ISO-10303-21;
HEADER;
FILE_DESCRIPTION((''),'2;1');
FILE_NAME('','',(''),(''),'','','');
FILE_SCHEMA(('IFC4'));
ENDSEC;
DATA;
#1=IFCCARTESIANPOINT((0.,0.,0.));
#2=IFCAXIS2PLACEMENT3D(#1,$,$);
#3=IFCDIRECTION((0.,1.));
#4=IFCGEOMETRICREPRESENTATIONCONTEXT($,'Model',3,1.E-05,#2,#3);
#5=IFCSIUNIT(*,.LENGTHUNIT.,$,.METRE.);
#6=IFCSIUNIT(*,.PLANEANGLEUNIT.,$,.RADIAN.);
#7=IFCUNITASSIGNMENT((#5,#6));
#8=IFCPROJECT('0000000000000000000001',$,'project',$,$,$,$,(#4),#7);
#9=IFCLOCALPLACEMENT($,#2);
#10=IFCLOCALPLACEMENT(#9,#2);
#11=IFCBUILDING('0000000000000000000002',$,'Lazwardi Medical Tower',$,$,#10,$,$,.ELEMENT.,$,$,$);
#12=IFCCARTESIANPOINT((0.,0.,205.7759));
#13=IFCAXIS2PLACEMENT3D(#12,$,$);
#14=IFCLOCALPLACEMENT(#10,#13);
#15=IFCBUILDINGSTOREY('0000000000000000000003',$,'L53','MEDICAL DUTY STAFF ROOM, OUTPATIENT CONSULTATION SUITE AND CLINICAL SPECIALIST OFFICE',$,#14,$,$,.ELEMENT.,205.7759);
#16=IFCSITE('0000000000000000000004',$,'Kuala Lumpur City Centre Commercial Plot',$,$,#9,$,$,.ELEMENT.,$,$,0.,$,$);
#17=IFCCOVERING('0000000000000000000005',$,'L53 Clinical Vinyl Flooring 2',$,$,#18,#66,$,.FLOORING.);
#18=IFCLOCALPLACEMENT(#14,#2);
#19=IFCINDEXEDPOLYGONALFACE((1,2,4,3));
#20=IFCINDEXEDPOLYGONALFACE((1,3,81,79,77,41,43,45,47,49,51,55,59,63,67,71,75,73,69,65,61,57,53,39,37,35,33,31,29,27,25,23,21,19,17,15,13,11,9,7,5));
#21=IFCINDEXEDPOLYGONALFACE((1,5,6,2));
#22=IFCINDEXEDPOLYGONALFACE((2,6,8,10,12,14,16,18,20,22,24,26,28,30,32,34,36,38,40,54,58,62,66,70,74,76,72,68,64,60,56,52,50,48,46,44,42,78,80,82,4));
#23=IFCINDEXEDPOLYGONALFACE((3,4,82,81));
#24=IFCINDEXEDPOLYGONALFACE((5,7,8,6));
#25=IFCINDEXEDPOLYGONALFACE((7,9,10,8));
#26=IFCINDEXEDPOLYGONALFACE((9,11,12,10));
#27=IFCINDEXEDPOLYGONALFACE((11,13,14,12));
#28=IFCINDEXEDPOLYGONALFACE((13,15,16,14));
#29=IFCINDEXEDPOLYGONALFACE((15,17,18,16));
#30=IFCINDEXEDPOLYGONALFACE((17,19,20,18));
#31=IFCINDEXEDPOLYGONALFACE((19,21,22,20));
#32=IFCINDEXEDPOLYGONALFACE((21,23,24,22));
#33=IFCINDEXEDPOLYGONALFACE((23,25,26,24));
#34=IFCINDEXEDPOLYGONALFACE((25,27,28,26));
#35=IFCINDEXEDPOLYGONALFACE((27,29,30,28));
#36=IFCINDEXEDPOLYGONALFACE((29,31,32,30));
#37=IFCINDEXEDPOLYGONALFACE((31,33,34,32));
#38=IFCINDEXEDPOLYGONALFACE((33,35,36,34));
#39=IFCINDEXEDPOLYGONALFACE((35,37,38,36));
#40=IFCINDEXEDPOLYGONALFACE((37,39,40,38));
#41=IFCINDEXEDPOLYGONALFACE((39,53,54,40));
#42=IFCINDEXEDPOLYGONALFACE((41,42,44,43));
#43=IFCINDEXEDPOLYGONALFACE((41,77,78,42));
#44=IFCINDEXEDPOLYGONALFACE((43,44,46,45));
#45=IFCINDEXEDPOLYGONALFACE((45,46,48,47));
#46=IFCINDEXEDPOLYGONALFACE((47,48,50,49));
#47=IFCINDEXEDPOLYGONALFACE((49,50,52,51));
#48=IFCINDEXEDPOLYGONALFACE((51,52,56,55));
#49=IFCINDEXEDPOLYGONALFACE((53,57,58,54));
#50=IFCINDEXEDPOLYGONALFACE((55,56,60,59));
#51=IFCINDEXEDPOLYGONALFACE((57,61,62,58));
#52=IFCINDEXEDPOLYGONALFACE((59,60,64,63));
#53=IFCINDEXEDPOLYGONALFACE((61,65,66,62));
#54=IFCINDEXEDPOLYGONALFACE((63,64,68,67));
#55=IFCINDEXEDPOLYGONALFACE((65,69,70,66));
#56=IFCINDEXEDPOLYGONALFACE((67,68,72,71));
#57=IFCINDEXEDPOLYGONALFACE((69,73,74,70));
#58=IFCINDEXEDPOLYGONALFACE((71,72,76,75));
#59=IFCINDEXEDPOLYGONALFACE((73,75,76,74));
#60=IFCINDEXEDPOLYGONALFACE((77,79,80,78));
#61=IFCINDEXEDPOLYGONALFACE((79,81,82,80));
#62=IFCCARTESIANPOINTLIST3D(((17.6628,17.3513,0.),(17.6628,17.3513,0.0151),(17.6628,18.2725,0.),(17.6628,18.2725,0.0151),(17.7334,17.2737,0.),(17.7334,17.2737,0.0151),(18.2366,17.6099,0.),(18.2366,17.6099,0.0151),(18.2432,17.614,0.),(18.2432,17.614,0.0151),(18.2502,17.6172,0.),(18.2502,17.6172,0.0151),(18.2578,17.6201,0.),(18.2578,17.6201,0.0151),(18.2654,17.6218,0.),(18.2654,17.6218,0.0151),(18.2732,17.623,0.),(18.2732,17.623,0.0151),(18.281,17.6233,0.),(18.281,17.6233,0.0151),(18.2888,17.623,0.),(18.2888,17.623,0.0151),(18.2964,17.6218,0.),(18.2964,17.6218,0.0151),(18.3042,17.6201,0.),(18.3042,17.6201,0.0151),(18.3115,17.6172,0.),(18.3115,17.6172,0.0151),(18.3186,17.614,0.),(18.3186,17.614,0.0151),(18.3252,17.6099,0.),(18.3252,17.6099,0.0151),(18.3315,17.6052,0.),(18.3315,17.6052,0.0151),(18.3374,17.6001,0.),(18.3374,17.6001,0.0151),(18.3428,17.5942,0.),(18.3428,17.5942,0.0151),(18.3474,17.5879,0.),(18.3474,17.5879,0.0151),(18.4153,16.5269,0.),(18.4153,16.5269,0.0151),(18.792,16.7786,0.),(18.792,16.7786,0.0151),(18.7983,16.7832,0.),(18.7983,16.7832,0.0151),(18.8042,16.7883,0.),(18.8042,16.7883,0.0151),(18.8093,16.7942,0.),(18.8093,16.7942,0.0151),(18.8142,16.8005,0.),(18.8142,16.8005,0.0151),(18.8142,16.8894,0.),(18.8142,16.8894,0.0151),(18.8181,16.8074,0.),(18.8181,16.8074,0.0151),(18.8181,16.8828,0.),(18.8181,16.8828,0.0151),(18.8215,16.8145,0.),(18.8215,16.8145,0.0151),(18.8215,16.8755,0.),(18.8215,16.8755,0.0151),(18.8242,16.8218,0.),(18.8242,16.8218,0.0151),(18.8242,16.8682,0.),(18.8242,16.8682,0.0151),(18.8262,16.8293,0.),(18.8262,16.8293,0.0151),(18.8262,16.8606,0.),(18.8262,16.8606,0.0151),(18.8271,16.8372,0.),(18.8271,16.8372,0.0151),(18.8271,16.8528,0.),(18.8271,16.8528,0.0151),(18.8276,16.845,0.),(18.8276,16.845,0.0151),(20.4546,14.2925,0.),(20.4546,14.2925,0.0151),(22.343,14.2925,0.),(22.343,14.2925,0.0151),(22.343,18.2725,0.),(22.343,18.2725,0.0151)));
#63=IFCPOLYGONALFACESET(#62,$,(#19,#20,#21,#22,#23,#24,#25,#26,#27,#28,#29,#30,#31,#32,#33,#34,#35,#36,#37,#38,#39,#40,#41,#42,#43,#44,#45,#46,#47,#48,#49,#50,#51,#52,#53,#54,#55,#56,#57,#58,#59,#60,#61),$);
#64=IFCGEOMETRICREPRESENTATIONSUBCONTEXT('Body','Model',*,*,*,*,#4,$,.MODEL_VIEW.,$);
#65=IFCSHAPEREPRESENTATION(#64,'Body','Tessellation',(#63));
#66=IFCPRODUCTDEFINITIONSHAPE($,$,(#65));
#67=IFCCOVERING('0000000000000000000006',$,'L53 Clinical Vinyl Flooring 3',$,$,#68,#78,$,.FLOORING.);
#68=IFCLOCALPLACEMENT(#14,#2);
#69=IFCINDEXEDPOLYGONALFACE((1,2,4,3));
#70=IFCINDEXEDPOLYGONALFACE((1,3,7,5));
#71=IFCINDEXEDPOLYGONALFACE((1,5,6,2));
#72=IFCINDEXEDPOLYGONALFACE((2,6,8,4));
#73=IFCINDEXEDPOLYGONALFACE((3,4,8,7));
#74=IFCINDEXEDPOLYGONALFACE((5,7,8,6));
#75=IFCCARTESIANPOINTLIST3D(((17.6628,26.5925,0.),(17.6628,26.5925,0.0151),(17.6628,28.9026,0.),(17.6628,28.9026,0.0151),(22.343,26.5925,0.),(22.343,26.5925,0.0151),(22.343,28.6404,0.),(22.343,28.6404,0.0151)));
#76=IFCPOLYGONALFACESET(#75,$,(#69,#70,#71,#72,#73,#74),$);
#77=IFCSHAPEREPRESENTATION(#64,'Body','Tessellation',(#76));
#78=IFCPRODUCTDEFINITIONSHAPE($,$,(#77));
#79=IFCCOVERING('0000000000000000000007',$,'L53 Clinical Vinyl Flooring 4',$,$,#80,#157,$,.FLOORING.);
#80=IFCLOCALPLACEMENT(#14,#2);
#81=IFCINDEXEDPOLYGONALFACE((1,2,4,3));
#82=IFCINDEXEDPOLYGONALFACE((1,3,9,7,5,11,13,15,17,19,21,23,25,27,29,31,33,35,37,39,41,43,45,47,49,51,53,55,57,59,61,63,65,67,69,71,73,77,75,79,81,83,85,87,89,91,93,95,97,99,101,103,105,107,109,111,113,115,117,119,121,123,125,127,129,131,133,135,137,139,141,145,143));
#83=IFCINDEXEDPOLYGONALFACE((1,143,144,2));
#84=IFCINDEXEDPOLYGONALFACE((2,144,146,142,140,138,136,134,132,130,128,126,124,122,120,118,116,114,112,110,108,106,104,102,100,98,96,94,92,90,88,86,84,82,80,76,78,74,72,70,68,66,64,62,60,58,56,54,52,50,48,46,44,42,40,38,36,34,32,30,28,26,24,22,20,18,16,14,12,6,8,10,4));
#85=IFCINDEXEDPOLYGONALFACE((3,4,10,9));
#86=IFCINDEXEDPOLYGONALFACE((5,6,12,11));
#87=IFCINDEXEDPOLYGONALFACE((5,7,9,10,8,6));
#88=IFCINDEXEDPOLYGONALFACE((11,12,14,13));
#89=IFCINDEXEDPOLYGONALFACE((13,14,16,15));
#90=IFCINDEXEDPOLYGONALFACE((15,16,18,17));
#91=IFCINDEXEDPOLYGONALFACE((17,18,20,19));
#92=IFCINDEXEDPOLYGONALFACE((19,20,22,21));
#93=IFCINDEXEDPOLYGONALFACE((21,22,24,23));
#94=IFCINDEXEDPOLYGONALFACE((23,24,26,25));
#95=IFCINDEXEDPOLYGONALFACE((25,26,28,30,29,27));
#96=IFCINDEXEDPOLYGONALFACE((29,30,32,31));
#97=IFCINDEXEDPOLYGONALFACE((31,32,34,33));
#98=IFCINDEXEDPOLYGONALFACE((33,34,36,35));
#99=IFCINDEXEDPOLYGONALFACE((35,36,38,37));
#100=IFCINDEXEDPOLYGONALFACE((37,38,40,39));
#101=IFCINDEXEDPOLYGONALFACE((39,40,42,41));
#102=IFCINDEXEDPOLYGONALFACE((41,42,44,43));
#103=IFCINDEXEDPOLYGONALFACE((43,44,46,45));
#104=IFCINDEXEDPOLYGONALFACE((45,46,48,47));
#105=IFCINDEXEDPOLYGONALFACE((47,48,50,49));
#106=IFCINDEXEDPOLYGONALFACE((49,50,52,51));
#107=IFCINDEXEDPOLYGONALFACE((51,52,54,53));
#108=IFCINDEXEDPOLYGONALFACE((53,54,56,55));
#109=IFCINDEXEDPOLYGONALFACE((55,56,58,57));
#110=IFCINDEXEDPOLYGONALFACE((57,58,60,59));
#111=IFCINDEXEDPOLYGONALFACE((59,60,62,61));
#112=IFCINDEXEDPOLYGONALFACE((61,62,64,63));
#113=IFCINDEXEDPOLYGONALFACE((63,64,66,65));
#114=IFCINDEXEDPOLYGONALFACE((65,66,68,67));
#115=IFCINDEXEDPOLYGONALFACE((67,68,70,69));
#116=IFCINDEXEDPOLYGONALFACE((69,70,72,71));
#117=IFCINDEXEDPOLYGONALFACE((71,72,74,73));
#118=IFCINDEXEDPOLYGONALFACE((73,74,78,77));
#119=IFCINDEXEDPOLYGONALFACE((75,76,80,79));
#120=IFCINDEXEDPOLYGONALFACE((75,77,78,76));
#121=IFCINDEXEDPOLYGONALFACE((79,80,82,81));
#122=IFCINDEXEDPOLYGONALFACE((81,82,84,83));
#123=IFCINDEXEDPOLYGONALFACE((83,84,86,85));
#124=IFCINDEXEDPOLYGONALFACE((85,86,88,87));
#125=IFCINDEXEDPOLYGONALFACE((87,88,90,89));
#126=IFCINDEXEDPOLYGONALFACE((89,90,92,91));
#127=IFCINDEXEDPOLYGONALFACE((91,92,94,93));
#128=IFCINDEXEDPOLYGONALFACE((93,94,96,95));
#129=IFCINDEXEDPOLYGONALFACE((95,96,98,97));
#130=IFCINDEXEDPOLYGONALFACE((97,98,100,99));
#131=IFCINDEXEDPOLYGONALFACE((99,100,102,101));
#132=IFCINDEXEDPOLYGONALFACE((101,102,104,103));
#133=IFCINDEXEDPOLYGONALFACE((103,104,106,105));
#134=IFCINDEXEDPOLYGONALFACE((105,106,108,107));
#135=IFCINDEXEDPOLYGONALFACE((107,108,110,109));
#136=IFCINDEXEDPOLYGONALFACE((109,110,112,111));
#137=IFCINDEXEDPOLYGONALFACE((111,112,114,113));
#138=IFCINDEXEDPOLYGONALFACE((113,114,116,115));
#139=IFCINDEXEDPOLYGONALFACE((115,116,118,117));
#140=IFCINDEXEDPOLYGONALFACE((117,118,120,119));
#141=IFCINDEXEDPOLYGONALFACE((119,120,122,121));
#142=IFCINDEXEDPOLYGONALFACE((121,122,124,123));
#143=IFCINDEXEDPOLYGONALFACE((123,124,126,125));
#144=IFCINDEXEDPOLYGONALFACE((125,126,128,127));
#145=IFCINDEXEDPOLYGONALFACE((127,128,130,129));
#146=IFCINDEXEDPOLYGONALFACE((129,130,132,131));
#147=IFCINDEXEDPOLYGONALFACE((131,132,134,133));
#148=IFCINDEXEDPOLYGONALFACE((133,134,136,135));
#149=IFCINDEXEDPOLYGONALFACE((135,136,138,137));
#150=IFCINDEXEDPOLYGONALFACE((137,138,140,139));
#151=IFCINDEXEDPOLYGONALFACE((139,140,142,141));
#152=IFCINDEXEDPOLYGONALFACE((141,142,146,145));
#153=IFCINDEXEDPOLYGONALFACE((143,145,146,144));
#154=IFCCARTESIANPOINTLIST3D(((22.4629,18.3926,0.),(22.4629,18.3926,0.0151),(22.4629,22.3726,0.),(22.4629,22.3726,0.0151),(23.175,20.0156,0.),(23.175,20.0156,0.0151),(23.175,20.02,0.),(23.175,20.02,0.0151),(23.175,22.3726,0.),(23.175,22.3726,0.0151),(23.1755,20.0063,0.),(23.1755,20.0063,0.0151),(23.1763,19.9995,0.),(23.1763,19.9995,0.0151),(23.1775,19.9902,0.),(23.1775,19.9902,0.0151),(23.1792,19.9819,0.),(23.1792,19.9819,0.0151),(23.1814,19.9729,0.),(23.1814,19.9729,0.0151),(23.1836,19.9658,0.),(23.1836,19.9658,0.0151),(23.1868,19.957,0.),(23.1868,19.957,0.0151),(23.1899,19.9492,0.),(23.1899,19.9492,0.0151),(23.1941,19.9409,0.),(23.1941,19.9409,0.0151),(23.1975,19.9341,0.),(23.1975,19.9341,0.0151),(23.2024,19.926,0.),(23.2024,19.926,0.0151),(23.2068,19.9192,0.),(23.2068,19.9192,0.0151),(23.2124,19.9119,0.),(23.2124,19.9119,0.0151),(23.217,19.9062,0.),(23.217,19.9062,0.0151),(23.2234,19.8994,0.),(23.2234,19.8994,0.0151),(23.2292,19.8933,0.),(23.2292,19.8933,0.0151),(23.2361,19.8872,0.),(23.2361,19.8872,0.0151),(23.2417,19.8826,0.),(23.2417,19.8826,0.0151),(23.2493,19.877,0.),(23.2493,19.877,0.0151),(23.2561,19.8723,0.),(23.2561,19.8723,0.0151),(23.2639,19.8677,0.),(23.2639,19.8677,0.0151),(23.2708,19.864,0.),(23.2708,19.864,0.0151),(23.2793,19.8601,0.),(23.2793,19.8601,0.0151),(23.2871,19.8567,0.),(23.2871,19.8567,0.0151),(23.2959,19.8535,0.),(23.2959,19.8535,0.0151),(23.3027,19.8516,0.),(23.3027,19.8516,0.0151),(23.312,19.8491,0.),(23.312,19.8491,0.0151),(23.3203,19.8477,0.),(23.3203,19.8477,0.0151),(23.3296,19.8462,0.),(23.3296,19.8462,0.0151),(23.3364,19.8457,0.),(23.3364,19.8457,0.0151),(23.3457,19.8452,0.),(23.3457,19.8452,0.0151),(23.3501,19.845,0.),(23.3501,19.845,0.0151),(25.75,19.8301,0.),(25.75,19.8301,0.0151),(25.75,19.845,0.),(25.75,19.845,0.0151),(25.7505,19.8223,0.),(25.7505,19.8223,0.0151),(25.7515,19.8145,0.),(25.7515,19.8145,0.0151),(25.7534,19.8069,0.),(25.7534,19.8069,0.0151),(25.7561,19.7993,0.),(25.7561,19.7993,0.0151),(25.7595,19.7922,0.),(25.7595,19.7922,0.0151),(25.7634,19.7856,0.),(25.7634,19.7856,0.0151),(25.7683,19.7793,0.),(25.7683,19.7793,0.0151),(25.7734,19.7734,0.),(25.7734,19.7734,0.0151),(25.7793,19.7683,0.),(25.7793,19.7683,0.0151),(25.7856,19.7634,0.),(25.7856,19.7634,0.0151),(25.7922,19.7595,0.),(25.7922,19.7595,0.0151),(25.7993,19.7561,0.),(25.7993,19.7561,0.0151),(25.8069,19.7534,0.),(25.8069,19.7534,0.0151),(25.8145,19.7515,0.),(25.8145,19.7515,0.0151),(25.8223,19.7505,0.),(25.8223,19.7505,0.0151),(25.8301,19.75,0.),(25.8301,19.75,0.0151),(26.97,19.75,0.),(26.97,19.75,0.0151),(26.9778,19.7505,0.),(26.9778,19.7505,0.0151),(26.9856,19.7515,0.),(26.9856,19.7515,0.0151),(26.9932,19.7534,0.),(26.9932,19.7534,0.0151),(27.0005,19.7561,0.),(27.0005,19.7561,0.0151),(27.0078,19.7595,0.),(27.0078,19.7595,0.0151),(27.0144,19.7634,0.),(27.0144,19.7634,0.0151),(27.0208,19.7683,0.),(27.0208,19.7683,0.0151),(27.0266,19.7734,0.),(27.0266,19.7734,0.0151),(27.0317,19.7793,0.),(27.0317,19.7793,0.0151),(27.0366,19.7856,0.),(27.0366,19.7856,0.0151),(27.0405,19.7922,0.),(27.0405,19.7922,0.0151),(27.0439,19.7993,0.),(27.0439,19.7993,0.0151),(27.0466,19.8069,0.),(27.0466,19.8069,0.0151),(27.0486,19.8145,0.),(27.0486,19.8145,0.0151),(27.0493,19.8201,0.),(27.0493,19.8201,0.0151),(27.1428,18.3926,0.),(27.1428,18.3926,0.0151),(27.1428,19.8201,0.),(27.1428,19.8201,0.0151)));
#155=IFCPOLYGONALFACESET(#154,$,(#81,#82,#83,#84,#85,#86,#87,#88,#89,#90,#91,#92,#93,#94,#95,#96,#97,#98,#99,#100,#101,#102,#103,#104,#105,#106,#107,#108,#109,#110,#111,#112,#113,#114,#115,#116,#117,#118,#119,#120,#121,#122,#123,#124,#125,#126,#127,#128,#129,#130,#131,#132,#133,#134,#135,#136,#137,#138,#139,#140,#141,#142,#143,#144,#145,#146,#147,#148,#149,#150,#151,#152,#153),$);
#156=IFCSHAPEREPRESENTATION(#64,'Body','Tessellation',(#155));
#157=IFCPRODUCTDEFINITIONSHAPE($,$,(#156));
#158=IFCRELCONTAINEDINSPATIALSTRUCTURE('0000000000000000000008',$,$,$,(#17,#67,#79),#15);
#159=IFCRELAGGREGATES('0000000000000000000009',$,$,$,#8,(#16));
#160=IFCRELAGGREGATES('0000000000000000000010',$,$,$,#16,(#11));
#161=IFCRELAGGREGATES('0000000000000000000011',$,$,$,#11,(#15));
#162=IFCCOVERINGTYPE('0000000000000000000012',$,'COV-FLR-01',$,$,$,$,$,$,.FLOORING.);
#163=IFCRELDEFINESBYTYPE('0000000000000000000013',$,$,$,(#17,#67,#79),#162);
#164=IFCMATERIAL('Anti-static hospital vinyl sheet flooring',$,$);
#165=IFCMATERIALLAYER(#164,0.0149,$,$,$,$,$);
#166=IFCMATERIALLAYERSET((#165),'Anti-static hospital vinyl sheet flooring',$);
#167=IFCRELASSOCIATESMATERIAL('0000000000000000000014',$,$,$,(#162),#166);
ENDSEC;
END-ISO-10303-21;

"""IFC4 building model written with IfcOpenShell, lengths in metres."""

from ifc_helpers import new_model, si_unit, direction, frame, origin, place, context, subcontext, project, spatial, polyline, outline, extrude, material, layer, layer_set, type_object, element, save


model = new_model("IFC4")

# Units and contexts
model_context = context("Model", 3, precision=1e-05, world=origin(), true_north=direction((0.0, 1.0)))
body_context = subcontext(model_context, "Body", "Model", "MODEL_VIEW")
ifc_project = project(units=[si_unit("LENGTHUNIT", "METRE"), si_unit("PLANEANGLEUNIT", "RADIAN")], contexts=[model_context])

# Site, building, storey
site_placement = place(None, origin())
site = spatial("IfcSite", under=ifc_project, at=site_placement, Name="Kuala Lumpur City Centre Commercial Plot", CompositionType="ELEMENT", RefElevation=0.0)
building_placement = place(site_placement, origin())
building = spatial("IfcBuilding", under=site, at=building_placement, Name="Lazwardi Medical Tower", CompositionType="ELEMENT")
storey_placement = place(building_placement, frame((0.0, 0.0, 205.7759)))
storey = spatial("IfcBuildingStorey", under=building, at=storey_placement, Name="L53", Description="MEDICAL DUTY STAFF ROOM, OUTPATIENT CONSULTATION SUITE AND CLINICAL SPECIALIST OFFICE", CompositionType="ELEMENT", Elevation=205.7759)

# Coverings
ifc_material_1 = material(Name="Anti-static hospital vinyl sheet flooring")
ifc_layer_1 = layer(ifc_material_1, 0.0149)
ifc_layer_set_1 = layer_set([ifc_layer_1], Name="Anti-static hospital vinyl sheet flooring")
covering_type_1 = type_object("IfcCoveringType", Name="COV-FLR-01", PredefinedType="FLOORING", material=ifc_layer_set_1)
covering_1_placement = place(storey_placement, origin())
element("IfcCovering", 1, at=covering_1_placement, inside=storey, type_object=covering_type_1, Name="L53 Clinical Vinyl Flooring 2", PredefinedType="FLOORING", context=body_context, shape_type="SweptSolid", body=[
    extrude(outline(polyline([(17.6628, 17.3513), (17.7334, 17.2737), (18.2366, 17.6099), (18.2432, 17.614), (18.2502, 17.6172), (18.2578, 17.6201), (18.2654, 17.6218), (18.2732, 17.623), (18.281, 17.6233), (18.2888, 17.623), (18.2964, 17.6218), (18.3042, 17.6201), (18.3115, 17.6172), (18.3186, 17.614), (18.3252, 17.6099), (18.3315, 17.6052), (18.3374, 17.6001), (18.3428, 17.5942), (18.3474, 17.5879), (18.8142, 16.8894), (18.8181, 16.8828), (18.8215, 16.8755), (18.8242, 16.8682), (18.8262, 16.8606), (18.8271, 16.8528), (18.8276, 16.845), (18.8271, 16.8372), (18.8262, 16.8293), (18.8242, 16.8218), (18.8215, 16.8145), (18.8181, 16.8074), (18.8142, 16.8005), (18.8093, 16.7942), (18.8042, 16.7883), (18.7983, 16.7832), (18.792, 16.7786), (18.4153, 16.5269), (20.4546, 14.2925), (22.343, 14.2925), (22.343, 18.2725), (17.6628, 18.2725), (17.6628, 17.3513)])), origin(), (0.0, 0.0, 1.0), 0.0151),
])
covering_2_placement = place(storey_placement, origin())
element("IfcCovering", 2, at=covering_2_placement, inside=storey, type_object=covering_type_1, Name="L53 Clinical Vinyl Flooring 3", PredefinedType="FLOORING", context=body_context, shape_type="SweptSolid", body=[
    extrude(outline(polyline([(22.343, 28.6404), (17.6628, 28.9026), (17.6628, 26.5925), (22.343, 26.5925), (22.343, 28.6404)])), origin(), (0.0, 0.0, 1.0), 0.0151),
])
covering_3_placement = place(storey_placement, origin())
element("IfcCovering", 3, at=covering_3_placement, inside=storey, type_object=covering_type_1, Name="L53 Clinical Vinyl Flooring 4", PredefinedType="FLOORING", context=body_context, shape_type="SweptSolid", body=[
    extrude(outline(polyline([(27.1428, 19.8201), (27.0493, 19.8201), (27.0486, 19.8145), (27.0466, 19.8069), (27.0439, 19.7993), (27.0405, 19.7922), (27.0366, 19.7856), (27.0317, 19.7793), (27.0266, 19.7734), (27.0208, 19.7683), (27.0144, 19.7634), (27.0078, 19.7595), (27.0005, 19.7561), (26.9932, 19.7534), (26.9856, 19.7515), (26.9778, 19.7505), (26.97, 19.75), (25.8301, 19.75), (25.8223, 19.7505), (25.8145, 19.7515), (25.8069, 19.7534), (25.7993, 19.7561), (25.7922, 19.7595), (25.7856, 19.7634), (25.7793, 19.7683), (25.7734, 19.7734), (25.7683, 19.7793), (25.7634, 19.7856), (25.7595, 19.7922), (25.7561, 19.7993), (25.7534, 19.8069), (25.7515, 19.8145), (25.7505, 19.8223), (25.75, 19.8301), (25.75, 19.845), (23.3501, 19.845), (23.3457, 19.8452), (23.3364, 19.8457), (23.3296, 19.8462), (23.3203, 19.8477), (23.312, 19.8491), (23.3027, 19.8516), (23.2959, 19.8535), (23.2871, 19.8567), (23.2793, 19.8601), (23.2708, 19.864), (23.2639, 19.8677), (23.2561, 19.8723), (23.2493, 19.877), (23.2417, 19.8826), (23.2361, 19.8872), (23.2292, 19.8933), (23.2234, 19.8994), (23.217, 19.9062), (23.2124, 19.9119), (23.2068, 19.9192), (23.2024, 19.926), (23.1975, 19.9341), (23.1941, 19.9409), (23.1899, 19.9492), (23.1868, 19.957), (23.1836, 19.9658), (23.1814, 19.9729), (23.1792, 19.9819), (23.1775, 19.9902), (23.1763, 19.9995), (23.1755, 20.0063), (23.175, 20.0156), (23.175, 20.02), (23.175, 22.3726), (22.4629, 22.3726), (22.4629, 18.3926), (27.1428, 18.3926), (27.1428, 19.8201)])), origin(), (0.0, 0.0, 1.0), 0.0151),
])

save(model, "model.ifc")
